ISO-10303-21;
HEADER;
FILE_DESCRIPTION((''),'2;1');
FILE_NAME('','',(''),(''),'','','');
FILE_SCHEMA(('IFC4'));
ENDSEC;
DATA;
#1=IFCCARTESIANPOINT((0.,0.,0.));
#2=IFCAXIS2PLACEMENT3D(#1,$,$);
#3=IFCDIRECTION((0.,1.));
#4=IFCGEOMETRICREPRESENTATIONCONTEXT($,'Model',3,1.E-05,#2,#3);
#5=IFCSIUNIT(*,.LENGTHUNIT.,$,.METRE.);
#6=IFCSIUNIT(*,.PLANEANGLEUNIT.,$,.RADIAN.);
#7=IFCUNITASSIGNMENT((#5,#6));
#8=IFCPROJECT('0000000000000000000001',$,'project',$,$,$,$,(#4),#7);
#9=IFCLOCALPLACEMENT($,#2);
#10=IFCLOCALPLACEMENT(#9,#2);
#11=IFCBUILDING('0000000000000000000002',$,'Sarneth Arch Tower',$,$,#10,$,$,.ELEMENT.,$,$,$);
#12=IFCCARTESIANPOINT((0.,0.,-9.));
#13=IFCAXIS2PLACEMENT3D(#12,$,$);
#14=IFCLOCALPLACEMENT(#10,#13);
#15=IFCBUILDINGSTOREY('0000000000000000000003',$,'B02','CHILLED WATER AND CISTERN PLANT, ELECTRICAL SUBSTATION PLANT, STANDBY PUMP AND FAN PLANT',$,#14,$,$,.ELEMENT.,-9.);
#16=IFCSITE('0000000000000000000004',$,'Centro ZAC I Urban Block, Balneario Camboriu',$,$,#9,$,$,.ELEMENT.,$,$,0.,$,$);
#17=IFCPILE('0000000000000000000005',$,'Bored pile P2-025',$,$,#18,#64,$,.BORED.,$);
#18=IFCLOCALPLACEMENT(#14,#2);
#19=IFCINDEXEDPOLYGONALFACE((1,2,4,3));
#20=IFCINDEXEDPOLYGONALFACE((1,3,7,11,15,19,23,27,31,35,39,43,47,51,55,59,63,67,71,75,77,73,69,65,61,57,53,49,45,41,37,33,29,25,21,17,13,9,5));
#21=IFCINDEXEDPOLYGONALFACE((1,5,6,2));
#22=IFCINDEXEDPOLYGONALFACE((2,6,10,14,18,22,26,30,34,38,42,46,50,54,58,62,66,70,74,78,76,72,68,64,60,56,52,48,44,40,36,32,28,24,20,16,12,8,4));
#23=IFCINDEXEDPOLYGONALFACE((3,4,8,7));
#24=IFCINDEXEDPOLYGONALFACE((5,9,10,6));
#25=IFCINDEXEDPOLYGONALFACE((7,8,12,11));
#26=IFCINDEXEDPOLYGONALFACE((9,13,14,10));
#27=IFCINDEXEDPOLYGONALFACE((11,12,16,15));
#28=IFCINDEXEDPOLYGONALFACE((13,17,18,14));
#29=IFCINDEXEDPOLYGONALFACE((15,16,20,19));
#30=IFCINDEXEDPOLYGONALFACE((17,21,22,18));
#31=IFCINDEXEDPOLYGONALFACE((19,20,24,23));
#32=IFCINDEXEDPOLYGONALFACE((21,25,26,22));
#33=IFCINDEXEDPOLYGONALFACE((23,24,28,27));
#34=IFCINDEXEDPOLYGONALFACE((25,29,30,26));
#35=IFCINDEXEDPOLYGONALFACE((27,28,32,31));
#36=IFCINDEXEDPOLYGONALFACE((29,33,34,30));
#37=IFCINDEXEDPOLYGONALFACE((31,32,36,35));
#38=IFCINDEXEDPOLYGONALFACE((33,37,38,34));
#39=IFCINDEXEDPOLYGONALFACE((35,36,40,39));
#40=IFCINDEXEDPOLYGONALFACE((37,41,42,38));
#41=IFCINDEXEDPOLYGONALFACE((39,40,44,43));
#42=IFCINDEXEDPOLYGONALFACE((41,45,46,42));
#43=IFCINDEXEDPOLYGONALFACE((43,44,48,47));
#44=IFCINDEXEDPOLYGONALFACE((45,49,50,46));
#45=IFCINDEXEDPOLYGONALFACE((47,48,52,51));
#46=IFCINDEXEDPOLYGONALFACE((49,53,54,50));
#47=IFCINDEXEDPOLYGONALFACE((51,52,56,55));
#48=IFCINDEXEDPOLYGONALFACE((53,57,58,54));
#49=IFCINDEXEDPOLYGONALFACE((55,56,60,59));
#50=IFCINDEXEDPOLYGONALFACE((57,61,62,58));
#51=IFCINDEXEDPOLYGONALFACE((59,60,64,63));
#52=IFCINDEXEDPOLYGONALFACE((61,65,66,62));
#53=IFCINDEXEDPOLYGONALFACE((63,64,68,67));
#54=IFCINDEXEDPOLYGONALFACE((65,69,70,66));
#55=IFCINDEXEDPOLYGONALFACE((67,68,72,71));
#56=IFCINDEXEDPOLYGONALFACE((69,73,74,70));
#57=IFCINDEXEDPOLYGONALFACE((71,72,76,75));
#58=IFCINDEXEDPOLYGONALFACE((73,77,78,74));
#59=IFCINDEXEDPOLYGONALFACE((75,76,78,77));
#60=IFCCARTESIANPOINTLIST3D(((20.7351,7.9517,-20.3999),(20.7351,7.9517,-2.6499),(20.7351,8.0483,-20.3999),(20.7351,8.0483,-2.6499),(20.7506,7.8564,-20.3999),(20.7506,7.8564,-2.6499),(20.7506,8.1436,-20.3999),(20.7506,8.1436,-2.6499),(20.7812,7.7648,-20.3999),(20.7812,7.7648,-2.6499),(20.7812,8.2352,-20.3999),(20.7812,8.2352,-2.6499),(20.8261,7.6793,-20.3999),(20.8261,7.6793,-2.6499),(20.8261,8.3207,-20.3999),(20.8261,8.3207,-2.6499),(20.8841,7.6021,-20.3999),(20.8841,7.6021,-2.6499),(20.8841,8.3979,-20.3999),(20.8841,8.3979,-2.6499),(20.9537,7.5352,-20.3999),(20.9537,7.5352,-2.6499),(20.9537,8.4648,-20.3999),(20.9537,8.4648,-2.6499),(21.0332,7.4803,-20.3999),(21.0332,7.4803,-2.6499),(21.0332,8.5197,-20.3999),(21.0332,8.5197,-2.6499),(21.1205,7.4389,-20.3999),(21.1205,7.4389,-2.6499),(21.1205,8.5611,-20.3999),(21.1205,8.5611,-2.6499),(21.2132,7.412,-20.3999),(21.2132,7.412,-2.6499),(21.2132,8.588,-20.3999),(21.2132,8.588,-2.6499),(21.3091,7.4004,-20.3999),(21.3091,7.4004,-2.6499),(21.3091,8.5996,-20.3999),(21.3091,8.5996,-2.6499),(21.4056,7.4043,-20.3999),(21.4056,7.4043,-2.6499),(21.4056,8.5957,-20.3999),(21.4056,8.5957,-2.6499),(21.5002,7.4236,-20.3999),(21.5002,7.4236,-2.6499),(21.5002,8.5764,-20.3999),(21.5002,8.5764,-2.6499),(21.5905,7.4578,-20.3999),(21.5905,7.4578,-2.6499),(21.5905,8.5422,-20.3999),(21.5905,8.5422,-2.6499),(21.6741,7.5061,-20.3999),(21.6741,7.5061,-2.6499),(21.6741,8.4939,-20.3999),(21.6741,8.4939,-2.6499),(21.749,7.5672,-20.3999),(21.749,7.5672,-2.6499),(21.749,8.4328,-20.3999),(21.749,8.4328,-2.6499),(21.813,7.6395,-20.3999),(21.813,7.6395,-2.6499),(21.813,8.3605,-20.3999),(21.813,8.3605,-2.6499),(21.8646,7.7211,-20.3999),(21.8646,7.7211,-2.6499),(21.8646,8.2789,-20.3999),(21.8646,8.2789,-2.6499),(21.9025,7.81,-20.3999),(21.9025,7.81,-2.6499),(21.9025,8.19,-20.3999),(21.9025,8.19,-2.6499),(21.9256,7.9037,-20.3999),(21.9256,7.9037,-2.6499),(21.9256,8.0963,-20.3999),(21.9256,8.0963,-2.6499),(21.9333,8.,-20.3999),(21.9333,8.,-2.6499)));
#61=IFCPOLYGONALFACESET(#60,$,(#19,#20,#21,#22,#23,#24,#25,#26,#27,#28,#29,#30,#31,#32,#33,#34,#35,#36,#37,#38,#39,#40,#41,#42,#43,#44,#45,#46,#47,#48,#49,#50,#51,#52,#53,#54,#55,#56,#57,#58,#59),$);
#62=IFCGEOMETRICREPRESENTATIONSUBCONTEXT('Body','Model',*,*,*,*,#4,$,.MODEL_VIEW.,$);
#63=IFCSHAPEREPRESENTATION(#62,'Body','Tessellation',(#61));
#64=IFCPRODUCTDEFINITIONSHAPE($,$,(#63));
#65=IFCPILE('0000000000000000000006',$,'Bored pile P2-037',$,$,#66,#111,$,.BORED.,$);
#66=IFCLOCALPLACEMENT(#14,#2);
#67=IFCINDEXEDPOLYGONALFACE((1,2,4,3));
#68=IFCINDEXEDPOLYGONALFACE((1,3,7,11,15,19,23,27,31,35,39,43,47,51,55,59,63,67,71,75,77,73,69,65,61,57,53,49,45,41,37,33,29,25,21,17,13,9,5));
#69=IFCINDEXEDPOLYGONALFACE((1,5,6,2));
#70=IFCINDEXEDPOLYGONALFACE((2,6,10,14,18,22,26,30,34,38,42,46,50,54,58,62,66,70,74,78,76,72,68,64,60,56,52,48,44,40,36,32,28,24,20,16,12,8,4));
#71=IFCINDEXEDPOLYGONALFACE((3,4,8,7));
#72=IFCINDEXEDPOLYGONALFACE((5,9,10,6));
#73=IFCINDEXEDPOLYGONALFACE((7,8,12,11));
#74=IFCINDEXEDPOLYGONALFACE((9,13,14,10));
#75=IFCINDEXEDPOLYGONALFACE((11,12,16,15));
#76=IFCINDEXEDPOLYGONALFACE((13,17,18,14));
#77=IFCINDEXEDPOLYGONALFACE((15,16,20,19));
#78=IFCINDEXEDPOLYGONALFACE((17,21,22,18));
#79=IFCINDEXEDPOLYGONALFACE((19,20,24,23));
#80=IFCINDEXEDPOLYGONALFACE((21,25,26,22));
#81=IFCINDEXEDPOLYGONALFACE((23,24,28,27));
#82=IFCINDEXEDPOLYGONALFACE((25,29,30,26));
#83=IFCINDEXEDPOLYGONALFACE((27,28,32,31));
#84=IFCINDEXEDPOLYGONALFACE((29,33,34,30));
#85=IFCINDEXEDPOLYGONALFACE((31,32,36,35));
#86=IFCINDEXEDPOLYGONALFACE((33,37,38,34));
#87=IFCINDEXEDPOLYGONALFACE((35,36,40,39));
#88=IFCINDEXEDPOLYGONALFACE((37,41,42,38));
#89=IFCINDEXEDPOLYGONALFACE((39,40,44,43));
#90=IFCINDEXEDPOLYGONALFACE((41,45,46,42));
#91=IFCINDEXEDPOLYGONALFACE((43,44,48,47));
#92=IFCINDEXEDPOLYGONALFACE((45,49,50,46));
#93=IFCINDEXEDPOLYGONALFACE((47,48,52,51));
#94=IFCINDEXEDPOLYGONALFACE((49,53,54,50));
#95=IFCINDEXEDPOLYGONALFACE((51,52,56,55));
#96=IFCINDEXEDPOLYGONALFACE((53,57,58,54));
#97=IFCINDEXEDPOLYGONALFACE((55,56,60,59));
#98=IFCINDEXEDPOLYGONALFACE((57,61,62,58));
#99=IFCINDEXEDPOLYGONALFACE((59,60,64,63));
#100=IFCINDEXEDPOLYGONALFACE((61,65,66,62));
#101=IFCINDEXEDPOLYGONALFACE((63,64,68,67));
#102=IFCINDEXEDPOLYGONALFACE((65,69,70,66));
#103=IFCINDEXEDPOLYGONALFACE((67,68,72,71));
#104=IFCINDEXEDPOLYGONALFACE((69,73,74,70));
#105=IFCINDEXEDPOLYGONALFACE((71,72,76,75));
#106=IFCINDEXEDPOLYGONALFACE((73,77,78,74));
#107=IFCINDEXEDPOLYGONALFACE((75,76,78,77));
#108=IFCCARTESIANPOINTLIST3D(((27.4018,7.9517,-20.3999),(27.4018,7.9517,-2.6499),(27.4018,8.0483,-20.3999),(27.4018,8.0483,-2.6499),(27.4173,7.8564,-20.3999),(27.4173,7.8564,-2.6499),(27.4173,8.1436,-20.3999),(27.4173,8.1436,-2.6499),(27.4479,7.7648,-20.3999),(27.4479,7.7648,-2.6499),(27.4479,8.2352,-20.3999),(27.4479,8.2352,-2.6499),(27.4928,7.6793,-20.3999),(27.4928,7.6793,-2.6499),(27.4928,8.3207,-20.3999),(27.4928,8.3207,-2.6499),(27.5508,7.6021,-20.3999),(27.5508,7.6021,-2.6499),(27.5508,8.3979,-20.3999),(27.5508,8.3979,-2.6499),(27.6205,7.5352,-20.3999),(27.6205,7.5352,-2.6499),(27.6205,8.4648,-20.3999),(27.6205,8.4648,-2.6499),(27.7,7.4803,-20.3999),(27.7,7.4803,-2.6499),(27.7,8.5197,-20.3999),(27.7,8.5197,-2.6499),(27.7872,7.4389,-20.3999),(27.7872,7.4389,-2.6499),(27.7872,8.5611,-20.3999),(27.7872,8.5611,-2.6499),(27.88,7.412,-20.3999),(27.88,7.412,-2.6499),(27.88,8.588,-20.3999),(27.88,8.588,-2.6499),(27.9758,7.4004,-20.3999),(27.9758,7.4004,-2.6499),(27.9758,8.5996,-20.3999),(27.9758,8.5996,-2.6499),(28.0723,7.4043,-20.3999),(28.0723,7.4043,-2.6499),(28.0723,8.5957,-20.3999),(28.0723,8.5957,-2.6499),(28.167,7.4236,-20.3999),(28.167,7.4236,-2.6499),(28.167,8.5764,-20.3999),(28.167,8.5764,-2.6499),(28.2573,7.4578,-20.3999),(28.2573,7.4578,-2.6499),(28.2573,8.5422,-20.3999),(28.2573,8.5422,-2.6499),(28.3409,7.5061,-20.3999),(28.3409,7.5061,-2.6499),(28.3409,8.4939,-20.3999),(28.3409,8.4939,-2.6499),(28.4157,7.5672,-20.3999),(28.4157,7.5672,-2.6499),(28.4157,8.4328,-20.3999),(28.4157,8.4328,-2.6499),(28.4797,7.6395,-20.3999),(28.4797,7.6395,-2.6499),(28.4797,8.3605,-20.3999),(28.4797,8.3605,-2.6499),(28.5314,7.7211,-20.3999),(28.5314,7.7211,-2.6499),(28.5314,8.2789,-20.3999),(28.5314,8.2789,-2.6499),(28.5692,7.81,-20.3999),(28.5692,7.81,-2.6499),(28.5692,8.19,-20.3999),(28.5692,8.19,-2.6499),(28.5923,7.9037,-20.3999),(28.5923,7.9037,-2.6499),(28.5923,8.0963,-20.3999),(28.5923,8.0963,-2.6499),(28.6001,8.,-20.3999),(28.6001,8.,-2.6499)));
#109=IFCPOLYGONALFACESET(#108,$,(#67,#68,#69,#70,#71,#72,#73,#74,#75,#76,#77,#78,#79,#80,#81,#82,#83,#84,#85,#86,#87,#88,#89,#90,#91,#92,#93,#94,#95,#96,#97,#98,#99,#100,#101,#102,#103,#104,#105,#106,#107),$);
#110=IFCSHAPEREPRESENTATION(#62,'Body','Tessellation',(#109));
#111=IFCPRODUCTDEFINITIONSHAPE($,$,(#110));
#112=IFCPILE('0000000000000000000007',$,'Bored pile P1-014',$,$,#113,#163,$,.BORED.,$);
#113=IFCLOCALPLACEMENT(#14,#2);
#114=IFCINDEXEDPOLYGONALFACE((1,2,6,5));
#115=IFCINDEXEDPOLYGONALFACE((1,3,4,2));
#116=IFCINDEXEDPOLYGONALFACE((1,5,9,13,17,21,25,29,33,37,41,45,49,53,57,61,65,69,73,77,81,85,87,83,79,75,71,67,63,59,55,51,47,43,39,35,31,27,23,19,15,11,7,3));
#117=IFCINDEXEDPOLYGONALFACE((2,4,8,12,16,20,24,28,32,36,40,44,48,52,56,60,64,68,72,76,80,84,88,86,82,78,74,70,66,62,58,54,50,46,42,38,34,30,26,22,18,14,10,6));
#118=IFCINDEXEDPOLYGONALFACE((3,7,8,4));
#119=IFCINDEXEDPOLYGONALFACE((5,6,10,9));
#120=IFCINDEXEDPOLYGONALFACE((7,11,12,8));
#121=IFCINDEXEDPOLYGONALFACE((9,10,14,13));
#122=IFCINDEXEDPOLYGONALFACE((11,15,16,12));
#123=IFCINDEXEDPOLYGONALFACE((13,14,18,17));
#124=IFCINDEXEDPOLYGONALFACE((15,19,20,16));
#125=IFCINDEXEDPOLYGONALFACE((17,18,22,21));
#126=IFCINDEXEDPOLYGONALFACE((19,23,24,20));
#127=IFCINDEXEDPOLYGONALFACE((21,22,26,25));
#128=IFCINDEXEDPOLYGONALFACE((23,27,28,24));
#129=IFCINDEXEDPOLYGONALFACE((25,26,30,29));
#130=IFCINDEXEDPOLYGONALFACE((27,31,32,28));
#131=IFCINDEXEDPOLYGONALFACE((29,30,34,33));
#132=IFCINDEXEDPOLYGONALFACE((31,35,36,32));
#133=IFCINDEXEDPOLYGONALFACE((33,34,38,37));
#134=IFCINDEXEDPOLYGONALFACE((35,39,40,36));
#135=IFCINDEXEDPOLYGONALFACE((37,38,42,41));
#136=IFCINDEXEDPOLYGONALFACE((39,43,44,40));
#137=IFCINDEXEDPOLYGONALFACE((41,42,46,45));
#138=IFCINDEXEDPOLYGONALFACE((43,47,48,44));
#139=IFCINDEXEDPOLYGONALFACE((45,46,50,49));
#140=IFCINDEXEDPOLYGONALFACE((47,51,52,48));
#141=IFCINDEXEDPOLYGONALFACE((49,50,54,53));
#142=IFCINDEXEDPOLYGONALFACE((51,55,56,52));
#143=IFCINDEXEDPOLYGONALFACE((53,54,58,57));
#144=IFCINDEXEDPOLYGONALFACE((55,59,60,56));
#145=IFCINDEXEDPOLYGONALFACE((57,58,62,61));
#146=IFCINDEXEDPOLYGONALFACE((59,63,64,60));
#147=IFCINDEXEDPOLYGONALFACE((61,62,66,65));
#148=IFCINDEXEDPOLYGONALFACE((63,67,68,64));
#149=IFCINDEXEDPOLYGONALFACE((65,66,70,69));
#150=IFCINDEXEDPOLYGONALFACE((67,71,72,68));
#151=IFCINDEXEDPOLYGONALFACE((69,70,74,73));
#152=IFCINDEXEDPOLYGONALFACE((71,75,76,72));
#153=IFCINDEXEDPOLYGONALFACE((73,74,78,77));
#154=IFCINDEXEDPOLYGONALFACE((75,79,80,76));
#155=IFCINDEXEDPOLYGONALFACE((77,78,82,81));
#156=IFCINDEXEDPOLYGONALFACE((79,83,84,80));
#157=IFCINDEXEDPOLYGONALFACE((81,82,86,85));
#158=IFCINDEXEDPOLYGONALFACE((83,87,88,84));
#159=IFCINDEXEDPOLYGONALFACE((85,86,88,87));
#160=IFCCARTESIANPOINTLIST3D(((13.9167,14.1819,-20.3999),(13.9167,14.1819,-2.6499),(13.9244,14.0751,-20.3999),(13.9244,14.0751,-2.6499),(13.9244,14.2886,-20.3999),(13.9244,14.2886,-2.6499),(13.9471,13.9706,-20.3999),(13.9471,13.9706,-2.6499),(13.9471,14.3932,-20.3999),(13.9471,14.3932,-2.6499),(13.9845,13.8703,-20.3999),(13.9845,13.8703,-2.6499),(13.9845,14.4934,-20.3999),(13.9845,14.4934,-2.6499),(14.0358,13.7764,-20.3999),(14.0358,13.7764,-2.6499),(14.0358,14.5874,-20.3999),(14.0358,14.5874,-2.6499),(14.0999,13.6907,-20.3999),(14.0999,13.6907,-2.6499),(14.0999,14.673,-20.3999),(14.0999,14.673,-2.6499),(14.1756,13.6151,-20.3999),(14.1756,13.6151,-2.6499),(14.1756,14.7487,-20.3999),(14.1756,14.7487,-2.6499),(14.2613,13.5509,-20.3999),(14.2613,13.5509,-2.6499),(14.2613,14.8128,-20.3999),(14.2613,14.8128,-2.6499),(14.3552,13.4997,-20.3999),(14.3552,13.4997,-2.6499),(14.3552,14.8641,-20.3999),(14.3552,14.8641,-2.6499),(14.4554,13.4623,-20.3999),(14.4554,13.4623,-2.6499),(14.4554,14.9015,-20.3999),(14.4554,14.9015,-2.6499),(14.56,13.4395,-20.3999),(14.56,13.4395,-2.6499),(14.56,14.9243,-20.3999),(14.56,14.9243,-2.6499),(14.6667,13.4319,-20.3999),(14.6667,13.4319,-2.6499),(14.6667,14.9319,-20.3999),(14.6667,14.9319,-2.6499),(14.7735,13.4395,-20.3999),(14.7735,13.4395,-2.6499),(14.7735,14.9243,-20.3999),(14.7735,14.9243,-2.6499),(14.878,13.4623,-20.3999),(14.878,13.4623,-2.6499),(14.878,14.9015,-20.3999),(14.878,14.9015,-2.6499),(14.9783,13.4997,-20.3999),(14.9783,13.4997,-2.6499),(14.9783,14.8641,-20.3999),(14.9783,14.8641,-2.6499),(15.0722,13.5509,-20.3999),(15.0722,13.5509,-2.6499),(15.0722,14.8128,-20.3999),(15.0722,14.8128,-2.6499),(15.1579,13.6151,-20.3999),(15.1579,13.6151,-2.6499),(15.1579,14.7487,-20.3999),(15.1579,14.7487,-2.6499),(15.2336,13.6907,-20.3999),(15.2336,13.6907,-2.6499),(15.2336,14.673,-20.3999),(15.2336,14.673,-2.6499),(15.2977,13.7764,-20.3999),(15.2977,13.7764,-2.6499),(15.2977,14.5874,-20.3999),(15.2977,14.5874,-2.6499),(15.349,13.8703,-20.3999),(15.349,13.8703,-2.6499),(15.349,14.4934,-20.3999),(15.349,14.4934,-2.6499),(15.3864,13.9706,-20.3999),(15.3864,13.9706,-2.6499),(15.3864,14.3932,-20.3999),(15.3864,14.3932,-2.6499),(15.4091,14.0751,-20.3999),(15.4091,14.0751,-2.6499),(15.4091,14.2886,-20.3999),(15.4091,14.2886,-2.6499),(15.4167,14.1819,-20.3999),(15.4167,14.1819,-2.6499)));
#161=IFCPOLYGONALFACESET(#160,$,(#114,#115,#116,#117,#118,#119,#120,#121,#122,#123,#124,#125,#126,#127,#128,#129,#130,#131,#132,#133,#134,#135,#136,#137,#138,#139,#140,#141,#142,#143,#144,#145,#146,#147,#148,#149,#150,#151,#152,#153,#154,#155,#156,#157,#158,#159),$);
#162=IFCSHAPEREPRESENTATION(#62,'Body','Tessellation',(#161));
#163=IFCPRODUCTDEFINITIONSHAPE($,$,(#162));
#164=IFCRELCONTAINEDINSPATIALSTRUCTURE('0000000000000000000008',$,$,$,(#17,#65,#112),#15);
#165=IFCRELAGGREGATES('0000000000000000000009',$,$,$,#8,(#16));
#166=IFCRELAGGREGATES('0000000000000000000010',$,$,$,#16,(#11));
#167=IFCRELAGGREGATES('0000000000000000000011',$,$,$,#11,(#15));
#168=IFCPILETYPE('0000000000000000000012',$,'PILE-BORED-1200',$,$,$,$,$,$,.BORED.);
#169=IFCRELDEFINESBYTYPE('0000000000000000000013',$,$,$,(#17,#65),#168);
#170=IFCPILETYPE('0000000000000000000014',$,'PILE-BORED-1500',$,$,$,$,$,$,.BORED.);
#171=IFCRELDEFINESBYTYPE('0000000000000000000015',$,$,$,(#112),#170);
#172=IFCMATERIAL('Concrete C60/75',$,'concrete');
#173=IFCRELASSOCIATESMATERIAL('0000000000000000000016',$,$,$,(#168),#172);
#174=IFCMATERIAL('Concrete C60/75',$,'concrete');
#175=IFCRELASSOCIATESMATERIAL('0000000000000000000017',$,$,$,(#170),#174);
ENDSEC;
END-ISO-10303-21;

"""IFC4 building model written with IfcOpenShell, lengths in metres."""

from ifc_helpers import new_model, si_unit, direction, frame, origin, origin_2d, place, context, subcontext, project, spatial, circle, extrude, material, material_profile, profile_set, type_object, element, save


model = new_model("IFC4")

# Units and contexts
model_context = context("Model", 3, precision=1e-05, world=origin(), true_north=direction((0.0, 1.0)))
body_context = subcontext(model_context, "Body", "Model", "MODEL_VIEW")
ifc_project = project(units=[si_unit("LENGTHUNIT", "METRE"), si_unit("PLANEANGLEUNIT", "RADIAN")], contexts=[model_context])

# Site, building, storey
site_placement = place(None, origin())
site = spatial("IfcSite", under=ifc_project, at=site_placement, Name="Centro ZAC I Urban Block, Balneario Camboriu", CompositionType="ELEMENT", RefElevation=0.0)
building_placement = place(site_placement, origin())
building = spatial("IfcBuilding", under=site, at=building_placement, Name="Sarneth Arch Tower", CompositionType="ELEMENT")
storey_placement = place(building_placement, frame((0.0, 0.0, -9.0)))
storey = spatial("IfcBuildingStorey", under=building, at=storey_placement, Name="B02", Description="CHILLED WATER AND CISTERN PLANT, ELECTRICAL SUBSTATION PLANT, STANDBY PUMP AND FAN PLANT", CompositionType="ELEMENT", Elevation=-9.0)

# Piles
ifc_material_1 = material(Name="Concrete C60/75", Category="concrete")
ifc_material_profile_1 = material_profile(ifc_material_1, circle(Radius=0.6001, at=origin_2d()), Name="PILE-D1200")
ifc_profile_set_1 = profile_set([ifc_material_profile_1], Name="Concrete C60/75")
pile_type_1 = type_object("IfcPileType", Name="PILE-BORED-1200", PredefinedType="BORED", material=ifc_profile_set_1)
for number, where, z_axis, x_axis, name in (
    (1, (21.3333, 8.0, -2.6499), (0.0, 0.0, -1.0), (1.0, 0.0, 0.0), "Bored pile P2-025"),
    (2, (28.0, 8.0, -2.6499), (0.0, 0.0, -1.0), (1.0, 0.0, 0.0), "Bored pile P2-037"),
):
    element("IfcPile", number, at=place(storey_placement, frame(where, z_axis=z_axis, x_axis=x_axis)), inside=storey, type_object=pile_type_1, Name=name, PredefinedType="BORED", context=body_context, shape_type="SweptSolid", body=[
        extrude(circle(Radius=0.6001, at=origin_2d()), origin(), (0.0, 0.0, 1.0), 17.75),
    ])
ifc_material_2 = material(Name="Concrete C60/75", Category="concrete")
ifc_material_profile_2 = material_profile(ifc_material_2, circle(Radius=0.75, at=origin_2d()), Name="PILE-D1500")
ifc_profile_set_2 = profile_set([ifc_material_profile_2], Name="Concrete C60/75")
pile_type_2 = type_object("IfcPileType", Name="PILE-BORED-1500", PredefinedType="BORED", material=ifc_profile_set_2)
for number, where, z_axis, x_axis, name in (
    (3, (14.6667, 14.1819, -2.6499), (0.0, 0.0, -1.0), (1.0, 0.0, 0.0), "Bored pile P1-014"),
):
    element("IfcPile", number, at=place(storey_placement, frame(where, z_axis=z_axis, x_axis=x_axis)), inside=storey, type_object=pile_type_2, Name=name, PredefinedType="BORED", context=body_context, shape_type="SweptSolid", body=[
        extrude(circle(Radius=0.75, at=origin_2d()), origin(), (0.0, 0.0, 1.0), 17.75),
    ])

save(model, "model.ifc")
